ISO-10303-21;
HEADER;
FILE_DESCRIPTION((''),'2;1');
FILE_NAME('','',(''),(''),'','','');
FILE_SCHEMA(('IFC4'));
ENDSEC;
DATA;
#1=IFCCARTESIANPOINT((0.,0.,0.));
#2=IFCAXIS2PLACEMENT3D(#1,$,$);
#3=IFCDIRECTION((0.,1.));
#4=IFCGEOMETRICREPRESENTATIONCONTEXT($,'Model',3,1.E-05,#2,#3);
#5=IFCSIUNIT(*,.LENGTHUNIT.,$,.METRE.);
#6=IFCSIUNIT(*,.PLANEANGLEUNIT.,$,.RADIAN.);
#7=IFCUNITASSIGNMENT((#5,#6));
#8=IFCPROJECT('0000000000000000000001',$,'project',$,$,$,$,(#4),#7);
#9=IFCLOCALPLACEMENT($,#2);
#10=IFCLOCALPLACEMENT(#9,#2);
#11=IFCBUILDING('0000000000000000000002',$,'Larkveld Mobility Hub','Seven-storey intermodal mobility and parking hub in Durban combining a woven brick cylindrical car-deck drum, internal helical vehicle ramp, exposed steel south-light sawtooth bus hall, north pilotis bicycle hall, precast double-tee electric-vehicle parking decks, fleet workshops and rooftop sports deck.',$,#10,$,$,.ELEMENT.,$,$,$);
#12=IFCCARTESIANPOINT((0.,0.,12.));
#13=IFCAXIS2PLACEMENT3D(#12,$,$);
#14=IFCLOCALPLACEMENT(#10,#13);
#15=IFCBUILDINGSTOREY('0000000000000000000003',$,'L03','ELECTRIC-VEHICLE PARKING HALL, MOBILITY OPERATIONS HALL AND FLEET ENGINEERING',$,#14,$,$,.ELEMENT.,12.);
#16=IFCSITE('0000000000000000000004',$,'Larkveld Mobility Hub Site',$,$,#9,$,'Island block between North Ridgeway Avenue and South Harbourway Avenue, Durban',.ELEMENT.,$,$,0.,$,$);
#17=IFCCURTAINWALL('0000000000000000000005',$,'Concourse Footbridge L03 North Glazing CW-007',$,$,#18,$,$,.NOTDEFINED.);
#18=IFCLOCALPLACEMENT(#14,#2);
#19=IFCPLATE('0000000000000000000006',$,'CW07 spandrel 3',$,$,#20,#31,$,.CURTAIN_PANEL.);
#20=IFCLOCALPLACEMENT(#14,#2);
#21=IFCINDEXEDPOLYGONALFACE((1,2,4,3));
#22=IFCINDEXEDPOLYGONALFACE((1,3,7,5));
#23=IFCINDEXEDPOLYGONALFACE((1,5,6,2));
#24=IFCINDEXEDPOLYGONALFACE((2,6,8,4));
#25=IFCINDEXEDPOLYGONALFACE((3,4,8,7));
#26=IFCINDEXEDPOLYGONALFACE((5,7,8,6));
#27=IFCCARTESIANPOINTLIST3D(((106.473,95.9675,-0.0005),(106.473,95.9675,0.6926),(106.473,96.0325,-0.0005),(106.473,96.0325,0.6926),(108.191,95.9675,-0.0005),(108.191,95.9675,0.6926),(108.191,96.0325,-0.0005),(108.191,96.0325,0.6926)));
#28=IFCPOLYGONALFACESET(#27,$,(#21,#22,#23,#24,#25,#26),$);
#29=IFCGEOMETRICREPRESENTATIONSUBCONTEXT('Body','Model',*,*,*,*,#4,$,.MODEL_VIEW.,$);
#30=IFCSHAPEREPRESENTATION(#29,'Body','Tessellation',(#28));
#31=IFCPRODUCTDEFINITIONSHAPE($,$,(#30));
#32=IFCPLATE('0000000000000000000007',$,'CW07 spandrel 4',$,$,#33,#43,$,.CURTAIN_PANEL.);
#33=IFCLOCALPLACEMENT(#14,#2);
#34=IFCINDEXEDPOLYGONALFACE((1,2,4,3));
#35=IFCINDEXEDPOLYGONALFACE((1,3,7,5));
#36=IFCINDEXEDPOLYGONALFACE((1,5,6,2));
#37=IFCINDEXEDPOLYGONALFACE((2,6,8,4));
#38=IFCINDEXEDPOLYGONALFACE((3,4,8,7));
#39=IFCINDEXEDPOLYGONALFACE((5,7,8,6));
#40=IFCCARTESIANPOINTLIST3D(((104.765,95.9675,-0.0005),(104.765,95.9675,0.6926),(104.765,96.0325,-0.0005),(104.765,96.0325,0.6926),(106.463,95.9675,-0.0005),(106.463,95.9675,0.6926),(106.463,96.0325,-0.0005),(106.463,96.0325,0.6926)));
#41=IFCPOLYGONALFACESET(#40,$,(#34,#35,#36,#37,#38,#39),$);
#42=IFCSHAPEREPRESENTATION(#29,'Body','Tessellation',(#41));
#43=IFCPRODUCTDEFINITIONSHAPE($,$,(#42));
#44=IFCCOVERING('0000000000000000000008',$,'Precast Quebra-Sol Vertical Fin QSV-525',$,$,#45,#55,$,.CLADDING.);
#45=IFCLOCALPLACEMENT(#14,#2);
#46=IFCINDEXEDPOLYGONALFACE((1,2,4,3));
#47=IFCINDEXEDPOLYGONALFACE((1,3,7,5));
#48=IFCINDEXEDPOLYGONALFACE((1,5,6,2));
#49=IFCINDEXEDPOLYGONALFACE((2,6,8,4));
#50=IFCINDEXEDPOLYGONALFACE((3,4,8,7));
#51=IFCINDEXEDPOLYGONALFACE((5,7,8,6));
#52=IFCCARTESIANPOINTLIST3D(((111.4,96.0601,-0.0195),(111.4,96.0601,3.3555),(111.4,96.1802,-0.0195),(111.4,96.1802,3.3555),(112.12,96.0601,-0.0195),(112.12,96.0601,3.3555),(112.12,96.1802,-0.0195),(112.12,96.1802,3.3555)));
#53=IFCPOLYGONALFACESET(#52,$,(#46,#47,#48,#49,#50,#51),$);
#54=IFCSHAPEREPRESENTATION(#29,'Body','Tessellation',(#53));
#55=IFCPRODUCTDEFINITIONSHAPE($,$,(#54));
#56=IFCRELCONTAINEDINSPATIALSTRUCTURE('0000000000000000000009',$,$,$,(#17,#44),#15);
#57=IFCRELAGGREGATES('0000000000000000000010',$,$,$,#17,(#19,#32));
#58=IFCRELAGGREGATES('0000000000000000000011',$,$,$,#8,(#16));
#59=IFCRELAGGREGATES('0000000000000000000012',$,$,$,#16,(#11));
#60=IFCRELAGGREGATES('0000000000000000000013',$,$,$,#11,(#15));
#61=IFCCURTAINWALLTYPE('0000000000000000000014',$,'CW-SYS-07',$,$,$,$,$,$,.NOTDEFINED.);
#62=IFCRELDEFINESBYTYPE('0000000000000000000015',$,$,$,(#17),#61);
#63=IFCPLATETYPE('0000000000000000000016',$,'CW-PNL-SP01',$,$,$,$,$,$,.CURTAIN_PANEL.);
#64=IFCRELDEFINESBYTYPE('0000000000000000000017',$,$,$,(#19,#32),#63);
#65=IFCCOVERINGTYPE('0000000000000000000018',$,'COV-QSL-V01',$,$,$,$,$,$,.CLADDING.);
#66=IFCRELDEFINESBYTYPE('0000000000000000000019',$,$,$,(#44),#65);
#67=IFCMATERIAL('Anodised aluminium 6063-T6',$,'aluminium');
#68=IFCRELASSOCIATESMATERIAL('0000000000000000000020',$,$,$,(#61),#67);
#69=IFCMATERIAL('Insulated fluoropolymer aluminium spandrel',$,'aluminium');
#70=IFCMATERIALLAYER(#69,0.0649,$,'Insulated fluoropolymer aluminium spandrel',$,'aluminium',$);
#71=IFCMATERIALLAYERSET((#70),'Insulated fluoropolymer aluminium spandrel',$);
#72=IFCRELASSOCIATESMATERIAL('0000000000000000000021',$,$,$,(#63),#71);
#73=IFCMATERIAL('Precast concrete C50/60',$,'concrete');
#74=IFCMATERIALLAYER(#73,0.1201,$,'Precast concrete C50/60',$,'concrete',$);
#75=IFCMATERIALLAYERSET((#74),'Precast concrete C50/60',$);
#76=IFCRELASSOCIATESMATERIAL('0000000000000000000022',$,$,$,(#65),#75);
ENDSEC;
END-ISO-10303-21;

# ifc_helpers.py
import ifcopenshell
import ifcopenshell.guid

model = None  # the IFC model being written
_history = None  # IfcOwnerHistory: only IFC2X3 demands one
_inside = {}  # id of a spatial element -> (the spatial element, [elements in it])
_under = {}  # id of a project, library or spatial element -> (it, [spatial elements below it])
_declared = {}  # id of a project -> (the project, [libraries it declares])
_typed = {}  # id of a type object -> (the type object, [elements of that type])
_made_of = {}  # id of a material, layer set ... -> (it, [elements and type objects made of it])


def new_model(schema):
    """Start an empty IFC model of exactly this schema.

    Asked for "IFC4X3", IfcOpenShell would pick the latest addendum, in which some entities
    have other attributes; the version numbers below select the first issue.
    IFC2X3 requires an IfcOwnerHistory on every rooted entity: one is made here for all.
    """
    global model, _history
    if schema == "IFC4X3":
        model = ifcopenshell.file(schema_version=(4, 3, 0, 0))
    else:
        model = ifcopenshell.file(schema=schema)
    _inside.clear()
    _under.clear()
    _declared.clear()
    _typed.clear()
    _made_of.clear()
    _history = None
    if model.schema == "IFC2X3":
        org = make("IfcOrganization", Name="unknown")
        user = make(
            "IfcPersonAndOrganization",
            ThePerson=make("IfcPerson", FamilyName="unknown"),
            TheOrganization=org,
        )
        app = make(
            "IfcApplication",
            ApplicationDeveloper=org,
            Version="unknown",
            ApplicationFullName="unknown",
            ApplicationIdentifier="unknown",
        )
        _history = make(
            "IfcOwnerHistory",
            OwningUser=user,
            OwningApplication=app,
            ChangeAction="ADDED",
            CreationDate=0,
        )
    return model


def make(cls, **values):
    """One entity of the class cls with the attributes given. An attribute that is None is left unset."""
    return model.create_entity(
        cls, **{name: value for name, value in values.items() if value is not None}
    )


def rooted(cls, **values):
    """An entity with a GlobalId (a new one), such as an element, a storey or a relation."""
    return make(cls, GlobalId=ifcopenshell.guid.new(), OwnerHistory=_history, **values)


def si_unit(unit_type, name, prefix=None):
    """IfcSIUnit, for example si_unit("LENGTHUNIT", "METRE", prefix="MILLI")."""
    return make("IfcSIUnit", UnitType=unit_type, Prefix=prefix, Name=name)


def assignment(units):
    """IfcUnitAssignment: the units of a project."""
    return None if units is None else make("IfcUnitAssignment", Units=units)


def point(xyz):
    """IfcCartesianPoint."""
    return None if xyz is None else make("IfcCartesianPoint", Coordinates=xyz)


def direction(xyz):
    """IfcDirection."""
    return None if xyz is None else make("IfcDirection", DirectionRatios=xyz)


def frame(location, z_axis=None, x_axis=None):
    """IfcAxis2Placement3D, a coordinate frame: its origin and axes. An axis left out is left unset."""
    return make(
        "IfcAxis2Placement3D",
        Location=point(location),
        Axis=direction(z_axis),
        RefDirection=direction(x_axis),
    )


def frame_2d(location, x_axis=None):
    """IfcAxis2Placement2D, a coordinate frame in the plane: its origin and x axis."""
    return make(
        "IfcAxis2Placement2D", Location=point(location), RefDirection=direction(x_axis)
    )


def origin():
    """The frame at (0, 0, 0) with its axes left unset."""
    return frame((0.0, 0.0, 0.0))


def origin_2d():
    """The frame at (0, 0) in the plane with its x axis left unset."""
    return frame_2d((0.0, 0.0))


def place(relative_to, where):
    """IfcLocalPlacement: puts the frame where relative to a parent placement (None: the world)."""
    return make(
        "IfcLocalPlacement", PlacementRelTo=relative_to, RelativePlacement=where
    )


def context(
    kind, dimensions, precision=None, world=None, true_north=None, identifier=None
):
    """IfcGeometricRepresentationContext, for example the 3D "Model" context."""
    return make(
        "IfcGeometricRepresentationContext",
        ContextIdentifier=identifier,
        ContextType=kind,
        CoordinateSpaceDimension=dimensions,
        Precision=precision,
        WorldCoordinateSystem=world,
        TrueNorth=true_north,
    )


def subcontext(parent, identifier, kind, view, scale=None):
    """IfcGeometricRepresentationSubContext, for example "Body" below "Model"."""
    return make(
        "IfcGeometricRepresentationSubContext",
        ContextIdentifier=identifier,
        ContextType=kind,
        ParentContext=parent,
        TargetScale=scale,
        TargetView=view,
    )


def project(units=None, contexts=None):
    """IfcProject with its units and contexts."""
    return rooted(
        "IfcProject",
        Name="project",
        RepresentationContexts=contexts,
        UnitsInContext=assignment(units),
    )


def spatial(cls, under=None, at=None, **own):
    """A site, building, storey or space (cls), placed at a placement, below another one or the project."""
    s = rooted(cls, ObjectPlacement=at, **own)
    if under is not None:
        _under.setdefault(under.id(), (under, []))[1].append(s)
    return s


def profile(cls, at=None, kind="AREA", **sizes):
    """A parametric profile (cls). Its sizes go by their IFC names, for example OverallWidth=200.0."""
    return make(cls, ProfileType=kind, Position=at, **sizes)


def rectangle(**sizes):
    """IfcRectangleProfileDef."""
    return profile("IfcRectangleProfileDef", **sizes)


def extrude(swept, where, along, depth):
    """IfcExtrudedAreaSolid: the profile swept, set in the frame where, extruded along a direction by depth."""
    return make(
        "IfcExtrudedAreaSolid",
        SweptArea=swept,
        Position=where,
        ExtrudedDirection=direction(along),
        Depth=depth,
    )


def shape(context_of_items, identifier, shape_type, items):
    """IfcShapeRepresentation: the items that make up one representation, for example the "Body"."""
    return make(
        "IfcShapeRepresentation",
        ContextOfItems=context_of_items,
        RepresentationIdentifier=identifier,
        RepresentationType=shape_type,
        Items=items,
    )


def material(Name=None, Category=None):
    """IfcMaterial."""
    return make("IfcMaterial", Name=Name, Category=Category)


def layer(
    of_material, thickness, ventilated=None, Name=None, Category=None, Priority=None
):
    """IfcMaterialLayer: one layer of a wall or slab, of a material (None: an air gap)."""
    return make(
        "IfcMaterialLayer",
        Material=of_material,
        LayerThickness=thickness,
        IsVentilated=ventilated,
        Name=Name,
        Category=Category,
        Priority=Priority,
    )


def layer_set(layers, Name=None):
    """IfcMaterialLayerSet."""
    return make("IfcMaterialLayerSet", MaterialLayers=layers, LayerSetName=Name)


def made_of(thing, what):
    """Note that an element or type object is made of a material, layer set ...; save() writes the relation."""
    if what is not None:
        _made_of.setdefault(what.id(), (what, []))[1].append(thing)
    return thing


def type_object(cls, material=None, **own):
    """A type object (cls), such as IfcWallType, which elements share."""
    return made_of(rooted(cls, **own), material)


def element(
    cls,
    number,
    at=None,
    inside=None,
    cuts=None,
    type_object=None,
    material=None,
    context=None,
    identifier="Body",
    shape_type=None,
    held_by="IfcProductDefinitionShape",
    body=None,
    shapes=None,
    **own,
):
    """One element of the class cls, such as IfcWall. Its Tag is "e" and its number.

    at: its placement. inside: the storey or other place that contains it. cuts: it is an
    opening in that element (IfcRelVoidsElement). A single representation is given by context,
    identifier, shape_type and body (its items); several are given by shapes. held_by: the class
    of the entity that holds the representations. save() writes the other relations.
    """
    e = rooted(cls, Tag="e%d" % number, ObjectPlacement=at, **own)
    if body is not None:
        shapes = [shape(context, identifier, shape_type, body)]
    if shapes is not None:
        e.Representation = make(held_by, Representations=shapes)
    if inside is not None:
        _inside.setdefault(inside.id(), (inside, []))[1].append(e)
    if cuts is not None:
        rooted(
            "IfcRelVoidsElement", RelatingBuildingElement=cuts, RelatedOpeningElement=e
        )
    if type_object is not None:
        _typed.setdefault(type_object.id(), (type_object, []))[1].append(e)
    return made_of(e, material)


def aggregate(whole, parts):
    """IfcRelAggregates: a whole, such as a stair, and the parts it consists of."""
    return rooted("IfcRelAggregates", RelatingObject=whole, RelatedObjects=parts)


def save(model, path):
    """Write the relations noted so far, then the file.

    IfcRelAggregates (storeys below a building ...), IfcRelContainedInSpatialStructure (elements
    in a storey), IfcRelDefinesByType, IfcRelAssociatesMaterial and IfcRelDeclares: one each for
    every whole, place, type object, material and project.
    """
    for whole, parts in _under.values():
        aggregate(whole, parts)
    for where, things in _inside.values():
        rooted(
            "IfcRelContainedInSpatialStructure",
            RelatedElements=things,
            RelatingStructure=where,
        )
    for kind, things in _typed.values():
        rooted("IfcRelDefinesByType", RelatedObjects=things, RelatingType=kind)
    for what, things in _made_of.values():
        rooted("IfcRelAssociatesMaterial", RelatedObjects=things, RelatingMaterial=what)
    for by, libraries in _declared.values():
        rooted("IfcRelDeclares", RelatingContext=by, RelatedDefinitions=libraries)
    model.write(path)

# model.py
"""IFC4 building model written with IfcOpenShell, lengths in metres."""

from ifc_helpers import new_model, si_unit, direction, frame, origin, origin_2d, place, context, subcontext, project, spatial, rectangle, extrude, material, layer, layer_set, type_object, element, aggregate, save


model = new_model("IFC4")

# Units and contexts
model_context = context("Model", 3, precision=1e-05, world=origin(), true_north=direction((0.0, 1.0)))
body_context = subcontext(model_context, "Body", "Model", "MODEL_VIEW")
ifc_project = project(units=[si_unit("LENGTHUNIT", "METRE"), si_unit("PLANEANGLEUNIT", "RADIAN")], contexts=[model_context])

# Site, building, storey
site_placement = place(None, origin())
site = spatial("IfcSite", under=ifc_project, at=site_placement, Name="Larkveld Mobility Hub Site", LongName="Island block between North Ridgeway Avenue and South Harbourway Avenue, Durban", CompositionType="ELEMENT", RefElevation=0.0)
building_placement = place(site_placement, origin())
building = spatial("IfcBuilding", under=site, at=building_placement, Name="Larkveld Mobility Hub", Description="Seven-storey intermodal mobility and parking hub in Durban combining a woven brick cylindrical car-deck drum, internal helical vehicle ramp, exposed steel south-light sawtooth bus hall, north pilotis bicycle hall, precast double-tee electric-vehicle parking decks, fleet workshops and rooftop sports deck.", CompositionType="ELEMENT")
storey_placement = place(building_placement, frame((0.0, 0.0, 12.0)))
storey = spatial("IfcBuildingStorey", under=building, at=storey_placement, Name="L03", Description="ELECTRIC-VEHICLE PARKING HALL, MOBILITY OPERATIONS HALL AND FLEET ENGINEERING", CompositionType="ELEMENT", Elevation=12.0)

# Shared definitions
ifc_material_1 = material(Name="Precast concrete C50/60", Category="concrete")

# Curtain wall
ifc_material_2 = material(Name="Anodised aluminium 6063-T6", Category="aluminium")
curtain_wall_type = type_object("IfcCurtainWallType", Name="CW-SYS-07", PredefinedType="NOTDEFINED", material=ifc_material_2)
curtain_wall_placement = place(storey_placement, origin())
curtain_wall = element("IfcCurtainWall", 1, at=curtain_wall_placement, inside=storey, type_object=curtain_wall_type, Name="Concourse Footbridge L03 North Glazing CW-007", PredefinedType="NOTDEFINED")

# Plates
ifc_material_3 = material(Name="Insulated fluoropolymer aluminium spandrel", Category="aluminium")
ifc_layer_1 = layer(ifc_material_3, 0.0649, Name="Insulated fluoropolymer aluminium spandrel", Category="aluminium")
ifc_layer_set_1 = layer_set([ifc_layer_1], Name="Insulated fluoropolymer aluminium spandrel")
plate_type_1 = type_object("IfcPlateType", Name="CW-PNL-SP01", PredefinedType="CURTAIN_PANEL", material=ifc_layer_set_1)
plate_1_placement = place(storey_placement, frame((107.332, 96.0, -0.0005), z_axis=(0.0, 0.0, 1.0), x_axis=(-1.0, 0.0, 0.0)))
plate_1 = element("IfcPlate", 2, at=plate_1_placement, type_object=plate_type_1, Name="CW07 spandrel 3", PredefinedType="CURTAIN_PANEL", context=body_context, shape_type="SweptSolid", body=[
    extrude(rectangle(XDim=1.718, YDim=0.0649, at=origin_2d()), origin(), (0.0, 0.0, 1.0), 0.6931),
])
plate_2_placement = place(storey_placement, frame((105.614, 96.0, -0.0005), z_axis=(0.0, 0.0, 1.0), x_axis=(-1.0, 0.0, 0.0)))
plate_2 = element("IfcPlate", 3, at=plate_2_placement, type_object=plate_type_1, Name="CW07 spandrel 4", PredefinedType="CURTAIN_PANEL", context=body_context, shape_type="SweptSolid", body=[
    extrude(rectangle(XDim=1.698, YDim=0.0649, at=origin_2d()), origin(), (0.0, 0.0, 1.0), 0.6931),
])
aggregate(curtain_wall, [plate_1, plate_2])

# Covering
ifc_layer_2 = layer(ifc_material_1, 0.1201, Name="Precast concrete C50/60", Category="concrete")
ifc_layer_set_2 = layer_set([ifc_layer_2], Name="Precast concrete C50/60")
covering_type = type_object("IfcCoveringType", Name="COV-QSL-V01", PredefinedType="CLADDING", material=ifc_layer_set_2)
covering_placement = place(storey_placement, frame((111.76, 96.1201, -0.0195), z_axis=(0.0, 0.0, 1.0), x_axis=(0.0, -1.0, 0.0)))
element("IfcCovering", 4, at=covering_placement, inside=storey, type_object=covering_type, Name="Precast Quebra-Sol Vertical Fin QSV-525", PredefinedType="CLADDING", context=body_context, shape_type="SweptSolid", body=[
    extrude(rectangle(XDim=0.1201, YDim=0.72, at=origin_2d()), origin(), (0.0, 0.0, 1.0), 3.375),
])

save(model, "model.ifc")
